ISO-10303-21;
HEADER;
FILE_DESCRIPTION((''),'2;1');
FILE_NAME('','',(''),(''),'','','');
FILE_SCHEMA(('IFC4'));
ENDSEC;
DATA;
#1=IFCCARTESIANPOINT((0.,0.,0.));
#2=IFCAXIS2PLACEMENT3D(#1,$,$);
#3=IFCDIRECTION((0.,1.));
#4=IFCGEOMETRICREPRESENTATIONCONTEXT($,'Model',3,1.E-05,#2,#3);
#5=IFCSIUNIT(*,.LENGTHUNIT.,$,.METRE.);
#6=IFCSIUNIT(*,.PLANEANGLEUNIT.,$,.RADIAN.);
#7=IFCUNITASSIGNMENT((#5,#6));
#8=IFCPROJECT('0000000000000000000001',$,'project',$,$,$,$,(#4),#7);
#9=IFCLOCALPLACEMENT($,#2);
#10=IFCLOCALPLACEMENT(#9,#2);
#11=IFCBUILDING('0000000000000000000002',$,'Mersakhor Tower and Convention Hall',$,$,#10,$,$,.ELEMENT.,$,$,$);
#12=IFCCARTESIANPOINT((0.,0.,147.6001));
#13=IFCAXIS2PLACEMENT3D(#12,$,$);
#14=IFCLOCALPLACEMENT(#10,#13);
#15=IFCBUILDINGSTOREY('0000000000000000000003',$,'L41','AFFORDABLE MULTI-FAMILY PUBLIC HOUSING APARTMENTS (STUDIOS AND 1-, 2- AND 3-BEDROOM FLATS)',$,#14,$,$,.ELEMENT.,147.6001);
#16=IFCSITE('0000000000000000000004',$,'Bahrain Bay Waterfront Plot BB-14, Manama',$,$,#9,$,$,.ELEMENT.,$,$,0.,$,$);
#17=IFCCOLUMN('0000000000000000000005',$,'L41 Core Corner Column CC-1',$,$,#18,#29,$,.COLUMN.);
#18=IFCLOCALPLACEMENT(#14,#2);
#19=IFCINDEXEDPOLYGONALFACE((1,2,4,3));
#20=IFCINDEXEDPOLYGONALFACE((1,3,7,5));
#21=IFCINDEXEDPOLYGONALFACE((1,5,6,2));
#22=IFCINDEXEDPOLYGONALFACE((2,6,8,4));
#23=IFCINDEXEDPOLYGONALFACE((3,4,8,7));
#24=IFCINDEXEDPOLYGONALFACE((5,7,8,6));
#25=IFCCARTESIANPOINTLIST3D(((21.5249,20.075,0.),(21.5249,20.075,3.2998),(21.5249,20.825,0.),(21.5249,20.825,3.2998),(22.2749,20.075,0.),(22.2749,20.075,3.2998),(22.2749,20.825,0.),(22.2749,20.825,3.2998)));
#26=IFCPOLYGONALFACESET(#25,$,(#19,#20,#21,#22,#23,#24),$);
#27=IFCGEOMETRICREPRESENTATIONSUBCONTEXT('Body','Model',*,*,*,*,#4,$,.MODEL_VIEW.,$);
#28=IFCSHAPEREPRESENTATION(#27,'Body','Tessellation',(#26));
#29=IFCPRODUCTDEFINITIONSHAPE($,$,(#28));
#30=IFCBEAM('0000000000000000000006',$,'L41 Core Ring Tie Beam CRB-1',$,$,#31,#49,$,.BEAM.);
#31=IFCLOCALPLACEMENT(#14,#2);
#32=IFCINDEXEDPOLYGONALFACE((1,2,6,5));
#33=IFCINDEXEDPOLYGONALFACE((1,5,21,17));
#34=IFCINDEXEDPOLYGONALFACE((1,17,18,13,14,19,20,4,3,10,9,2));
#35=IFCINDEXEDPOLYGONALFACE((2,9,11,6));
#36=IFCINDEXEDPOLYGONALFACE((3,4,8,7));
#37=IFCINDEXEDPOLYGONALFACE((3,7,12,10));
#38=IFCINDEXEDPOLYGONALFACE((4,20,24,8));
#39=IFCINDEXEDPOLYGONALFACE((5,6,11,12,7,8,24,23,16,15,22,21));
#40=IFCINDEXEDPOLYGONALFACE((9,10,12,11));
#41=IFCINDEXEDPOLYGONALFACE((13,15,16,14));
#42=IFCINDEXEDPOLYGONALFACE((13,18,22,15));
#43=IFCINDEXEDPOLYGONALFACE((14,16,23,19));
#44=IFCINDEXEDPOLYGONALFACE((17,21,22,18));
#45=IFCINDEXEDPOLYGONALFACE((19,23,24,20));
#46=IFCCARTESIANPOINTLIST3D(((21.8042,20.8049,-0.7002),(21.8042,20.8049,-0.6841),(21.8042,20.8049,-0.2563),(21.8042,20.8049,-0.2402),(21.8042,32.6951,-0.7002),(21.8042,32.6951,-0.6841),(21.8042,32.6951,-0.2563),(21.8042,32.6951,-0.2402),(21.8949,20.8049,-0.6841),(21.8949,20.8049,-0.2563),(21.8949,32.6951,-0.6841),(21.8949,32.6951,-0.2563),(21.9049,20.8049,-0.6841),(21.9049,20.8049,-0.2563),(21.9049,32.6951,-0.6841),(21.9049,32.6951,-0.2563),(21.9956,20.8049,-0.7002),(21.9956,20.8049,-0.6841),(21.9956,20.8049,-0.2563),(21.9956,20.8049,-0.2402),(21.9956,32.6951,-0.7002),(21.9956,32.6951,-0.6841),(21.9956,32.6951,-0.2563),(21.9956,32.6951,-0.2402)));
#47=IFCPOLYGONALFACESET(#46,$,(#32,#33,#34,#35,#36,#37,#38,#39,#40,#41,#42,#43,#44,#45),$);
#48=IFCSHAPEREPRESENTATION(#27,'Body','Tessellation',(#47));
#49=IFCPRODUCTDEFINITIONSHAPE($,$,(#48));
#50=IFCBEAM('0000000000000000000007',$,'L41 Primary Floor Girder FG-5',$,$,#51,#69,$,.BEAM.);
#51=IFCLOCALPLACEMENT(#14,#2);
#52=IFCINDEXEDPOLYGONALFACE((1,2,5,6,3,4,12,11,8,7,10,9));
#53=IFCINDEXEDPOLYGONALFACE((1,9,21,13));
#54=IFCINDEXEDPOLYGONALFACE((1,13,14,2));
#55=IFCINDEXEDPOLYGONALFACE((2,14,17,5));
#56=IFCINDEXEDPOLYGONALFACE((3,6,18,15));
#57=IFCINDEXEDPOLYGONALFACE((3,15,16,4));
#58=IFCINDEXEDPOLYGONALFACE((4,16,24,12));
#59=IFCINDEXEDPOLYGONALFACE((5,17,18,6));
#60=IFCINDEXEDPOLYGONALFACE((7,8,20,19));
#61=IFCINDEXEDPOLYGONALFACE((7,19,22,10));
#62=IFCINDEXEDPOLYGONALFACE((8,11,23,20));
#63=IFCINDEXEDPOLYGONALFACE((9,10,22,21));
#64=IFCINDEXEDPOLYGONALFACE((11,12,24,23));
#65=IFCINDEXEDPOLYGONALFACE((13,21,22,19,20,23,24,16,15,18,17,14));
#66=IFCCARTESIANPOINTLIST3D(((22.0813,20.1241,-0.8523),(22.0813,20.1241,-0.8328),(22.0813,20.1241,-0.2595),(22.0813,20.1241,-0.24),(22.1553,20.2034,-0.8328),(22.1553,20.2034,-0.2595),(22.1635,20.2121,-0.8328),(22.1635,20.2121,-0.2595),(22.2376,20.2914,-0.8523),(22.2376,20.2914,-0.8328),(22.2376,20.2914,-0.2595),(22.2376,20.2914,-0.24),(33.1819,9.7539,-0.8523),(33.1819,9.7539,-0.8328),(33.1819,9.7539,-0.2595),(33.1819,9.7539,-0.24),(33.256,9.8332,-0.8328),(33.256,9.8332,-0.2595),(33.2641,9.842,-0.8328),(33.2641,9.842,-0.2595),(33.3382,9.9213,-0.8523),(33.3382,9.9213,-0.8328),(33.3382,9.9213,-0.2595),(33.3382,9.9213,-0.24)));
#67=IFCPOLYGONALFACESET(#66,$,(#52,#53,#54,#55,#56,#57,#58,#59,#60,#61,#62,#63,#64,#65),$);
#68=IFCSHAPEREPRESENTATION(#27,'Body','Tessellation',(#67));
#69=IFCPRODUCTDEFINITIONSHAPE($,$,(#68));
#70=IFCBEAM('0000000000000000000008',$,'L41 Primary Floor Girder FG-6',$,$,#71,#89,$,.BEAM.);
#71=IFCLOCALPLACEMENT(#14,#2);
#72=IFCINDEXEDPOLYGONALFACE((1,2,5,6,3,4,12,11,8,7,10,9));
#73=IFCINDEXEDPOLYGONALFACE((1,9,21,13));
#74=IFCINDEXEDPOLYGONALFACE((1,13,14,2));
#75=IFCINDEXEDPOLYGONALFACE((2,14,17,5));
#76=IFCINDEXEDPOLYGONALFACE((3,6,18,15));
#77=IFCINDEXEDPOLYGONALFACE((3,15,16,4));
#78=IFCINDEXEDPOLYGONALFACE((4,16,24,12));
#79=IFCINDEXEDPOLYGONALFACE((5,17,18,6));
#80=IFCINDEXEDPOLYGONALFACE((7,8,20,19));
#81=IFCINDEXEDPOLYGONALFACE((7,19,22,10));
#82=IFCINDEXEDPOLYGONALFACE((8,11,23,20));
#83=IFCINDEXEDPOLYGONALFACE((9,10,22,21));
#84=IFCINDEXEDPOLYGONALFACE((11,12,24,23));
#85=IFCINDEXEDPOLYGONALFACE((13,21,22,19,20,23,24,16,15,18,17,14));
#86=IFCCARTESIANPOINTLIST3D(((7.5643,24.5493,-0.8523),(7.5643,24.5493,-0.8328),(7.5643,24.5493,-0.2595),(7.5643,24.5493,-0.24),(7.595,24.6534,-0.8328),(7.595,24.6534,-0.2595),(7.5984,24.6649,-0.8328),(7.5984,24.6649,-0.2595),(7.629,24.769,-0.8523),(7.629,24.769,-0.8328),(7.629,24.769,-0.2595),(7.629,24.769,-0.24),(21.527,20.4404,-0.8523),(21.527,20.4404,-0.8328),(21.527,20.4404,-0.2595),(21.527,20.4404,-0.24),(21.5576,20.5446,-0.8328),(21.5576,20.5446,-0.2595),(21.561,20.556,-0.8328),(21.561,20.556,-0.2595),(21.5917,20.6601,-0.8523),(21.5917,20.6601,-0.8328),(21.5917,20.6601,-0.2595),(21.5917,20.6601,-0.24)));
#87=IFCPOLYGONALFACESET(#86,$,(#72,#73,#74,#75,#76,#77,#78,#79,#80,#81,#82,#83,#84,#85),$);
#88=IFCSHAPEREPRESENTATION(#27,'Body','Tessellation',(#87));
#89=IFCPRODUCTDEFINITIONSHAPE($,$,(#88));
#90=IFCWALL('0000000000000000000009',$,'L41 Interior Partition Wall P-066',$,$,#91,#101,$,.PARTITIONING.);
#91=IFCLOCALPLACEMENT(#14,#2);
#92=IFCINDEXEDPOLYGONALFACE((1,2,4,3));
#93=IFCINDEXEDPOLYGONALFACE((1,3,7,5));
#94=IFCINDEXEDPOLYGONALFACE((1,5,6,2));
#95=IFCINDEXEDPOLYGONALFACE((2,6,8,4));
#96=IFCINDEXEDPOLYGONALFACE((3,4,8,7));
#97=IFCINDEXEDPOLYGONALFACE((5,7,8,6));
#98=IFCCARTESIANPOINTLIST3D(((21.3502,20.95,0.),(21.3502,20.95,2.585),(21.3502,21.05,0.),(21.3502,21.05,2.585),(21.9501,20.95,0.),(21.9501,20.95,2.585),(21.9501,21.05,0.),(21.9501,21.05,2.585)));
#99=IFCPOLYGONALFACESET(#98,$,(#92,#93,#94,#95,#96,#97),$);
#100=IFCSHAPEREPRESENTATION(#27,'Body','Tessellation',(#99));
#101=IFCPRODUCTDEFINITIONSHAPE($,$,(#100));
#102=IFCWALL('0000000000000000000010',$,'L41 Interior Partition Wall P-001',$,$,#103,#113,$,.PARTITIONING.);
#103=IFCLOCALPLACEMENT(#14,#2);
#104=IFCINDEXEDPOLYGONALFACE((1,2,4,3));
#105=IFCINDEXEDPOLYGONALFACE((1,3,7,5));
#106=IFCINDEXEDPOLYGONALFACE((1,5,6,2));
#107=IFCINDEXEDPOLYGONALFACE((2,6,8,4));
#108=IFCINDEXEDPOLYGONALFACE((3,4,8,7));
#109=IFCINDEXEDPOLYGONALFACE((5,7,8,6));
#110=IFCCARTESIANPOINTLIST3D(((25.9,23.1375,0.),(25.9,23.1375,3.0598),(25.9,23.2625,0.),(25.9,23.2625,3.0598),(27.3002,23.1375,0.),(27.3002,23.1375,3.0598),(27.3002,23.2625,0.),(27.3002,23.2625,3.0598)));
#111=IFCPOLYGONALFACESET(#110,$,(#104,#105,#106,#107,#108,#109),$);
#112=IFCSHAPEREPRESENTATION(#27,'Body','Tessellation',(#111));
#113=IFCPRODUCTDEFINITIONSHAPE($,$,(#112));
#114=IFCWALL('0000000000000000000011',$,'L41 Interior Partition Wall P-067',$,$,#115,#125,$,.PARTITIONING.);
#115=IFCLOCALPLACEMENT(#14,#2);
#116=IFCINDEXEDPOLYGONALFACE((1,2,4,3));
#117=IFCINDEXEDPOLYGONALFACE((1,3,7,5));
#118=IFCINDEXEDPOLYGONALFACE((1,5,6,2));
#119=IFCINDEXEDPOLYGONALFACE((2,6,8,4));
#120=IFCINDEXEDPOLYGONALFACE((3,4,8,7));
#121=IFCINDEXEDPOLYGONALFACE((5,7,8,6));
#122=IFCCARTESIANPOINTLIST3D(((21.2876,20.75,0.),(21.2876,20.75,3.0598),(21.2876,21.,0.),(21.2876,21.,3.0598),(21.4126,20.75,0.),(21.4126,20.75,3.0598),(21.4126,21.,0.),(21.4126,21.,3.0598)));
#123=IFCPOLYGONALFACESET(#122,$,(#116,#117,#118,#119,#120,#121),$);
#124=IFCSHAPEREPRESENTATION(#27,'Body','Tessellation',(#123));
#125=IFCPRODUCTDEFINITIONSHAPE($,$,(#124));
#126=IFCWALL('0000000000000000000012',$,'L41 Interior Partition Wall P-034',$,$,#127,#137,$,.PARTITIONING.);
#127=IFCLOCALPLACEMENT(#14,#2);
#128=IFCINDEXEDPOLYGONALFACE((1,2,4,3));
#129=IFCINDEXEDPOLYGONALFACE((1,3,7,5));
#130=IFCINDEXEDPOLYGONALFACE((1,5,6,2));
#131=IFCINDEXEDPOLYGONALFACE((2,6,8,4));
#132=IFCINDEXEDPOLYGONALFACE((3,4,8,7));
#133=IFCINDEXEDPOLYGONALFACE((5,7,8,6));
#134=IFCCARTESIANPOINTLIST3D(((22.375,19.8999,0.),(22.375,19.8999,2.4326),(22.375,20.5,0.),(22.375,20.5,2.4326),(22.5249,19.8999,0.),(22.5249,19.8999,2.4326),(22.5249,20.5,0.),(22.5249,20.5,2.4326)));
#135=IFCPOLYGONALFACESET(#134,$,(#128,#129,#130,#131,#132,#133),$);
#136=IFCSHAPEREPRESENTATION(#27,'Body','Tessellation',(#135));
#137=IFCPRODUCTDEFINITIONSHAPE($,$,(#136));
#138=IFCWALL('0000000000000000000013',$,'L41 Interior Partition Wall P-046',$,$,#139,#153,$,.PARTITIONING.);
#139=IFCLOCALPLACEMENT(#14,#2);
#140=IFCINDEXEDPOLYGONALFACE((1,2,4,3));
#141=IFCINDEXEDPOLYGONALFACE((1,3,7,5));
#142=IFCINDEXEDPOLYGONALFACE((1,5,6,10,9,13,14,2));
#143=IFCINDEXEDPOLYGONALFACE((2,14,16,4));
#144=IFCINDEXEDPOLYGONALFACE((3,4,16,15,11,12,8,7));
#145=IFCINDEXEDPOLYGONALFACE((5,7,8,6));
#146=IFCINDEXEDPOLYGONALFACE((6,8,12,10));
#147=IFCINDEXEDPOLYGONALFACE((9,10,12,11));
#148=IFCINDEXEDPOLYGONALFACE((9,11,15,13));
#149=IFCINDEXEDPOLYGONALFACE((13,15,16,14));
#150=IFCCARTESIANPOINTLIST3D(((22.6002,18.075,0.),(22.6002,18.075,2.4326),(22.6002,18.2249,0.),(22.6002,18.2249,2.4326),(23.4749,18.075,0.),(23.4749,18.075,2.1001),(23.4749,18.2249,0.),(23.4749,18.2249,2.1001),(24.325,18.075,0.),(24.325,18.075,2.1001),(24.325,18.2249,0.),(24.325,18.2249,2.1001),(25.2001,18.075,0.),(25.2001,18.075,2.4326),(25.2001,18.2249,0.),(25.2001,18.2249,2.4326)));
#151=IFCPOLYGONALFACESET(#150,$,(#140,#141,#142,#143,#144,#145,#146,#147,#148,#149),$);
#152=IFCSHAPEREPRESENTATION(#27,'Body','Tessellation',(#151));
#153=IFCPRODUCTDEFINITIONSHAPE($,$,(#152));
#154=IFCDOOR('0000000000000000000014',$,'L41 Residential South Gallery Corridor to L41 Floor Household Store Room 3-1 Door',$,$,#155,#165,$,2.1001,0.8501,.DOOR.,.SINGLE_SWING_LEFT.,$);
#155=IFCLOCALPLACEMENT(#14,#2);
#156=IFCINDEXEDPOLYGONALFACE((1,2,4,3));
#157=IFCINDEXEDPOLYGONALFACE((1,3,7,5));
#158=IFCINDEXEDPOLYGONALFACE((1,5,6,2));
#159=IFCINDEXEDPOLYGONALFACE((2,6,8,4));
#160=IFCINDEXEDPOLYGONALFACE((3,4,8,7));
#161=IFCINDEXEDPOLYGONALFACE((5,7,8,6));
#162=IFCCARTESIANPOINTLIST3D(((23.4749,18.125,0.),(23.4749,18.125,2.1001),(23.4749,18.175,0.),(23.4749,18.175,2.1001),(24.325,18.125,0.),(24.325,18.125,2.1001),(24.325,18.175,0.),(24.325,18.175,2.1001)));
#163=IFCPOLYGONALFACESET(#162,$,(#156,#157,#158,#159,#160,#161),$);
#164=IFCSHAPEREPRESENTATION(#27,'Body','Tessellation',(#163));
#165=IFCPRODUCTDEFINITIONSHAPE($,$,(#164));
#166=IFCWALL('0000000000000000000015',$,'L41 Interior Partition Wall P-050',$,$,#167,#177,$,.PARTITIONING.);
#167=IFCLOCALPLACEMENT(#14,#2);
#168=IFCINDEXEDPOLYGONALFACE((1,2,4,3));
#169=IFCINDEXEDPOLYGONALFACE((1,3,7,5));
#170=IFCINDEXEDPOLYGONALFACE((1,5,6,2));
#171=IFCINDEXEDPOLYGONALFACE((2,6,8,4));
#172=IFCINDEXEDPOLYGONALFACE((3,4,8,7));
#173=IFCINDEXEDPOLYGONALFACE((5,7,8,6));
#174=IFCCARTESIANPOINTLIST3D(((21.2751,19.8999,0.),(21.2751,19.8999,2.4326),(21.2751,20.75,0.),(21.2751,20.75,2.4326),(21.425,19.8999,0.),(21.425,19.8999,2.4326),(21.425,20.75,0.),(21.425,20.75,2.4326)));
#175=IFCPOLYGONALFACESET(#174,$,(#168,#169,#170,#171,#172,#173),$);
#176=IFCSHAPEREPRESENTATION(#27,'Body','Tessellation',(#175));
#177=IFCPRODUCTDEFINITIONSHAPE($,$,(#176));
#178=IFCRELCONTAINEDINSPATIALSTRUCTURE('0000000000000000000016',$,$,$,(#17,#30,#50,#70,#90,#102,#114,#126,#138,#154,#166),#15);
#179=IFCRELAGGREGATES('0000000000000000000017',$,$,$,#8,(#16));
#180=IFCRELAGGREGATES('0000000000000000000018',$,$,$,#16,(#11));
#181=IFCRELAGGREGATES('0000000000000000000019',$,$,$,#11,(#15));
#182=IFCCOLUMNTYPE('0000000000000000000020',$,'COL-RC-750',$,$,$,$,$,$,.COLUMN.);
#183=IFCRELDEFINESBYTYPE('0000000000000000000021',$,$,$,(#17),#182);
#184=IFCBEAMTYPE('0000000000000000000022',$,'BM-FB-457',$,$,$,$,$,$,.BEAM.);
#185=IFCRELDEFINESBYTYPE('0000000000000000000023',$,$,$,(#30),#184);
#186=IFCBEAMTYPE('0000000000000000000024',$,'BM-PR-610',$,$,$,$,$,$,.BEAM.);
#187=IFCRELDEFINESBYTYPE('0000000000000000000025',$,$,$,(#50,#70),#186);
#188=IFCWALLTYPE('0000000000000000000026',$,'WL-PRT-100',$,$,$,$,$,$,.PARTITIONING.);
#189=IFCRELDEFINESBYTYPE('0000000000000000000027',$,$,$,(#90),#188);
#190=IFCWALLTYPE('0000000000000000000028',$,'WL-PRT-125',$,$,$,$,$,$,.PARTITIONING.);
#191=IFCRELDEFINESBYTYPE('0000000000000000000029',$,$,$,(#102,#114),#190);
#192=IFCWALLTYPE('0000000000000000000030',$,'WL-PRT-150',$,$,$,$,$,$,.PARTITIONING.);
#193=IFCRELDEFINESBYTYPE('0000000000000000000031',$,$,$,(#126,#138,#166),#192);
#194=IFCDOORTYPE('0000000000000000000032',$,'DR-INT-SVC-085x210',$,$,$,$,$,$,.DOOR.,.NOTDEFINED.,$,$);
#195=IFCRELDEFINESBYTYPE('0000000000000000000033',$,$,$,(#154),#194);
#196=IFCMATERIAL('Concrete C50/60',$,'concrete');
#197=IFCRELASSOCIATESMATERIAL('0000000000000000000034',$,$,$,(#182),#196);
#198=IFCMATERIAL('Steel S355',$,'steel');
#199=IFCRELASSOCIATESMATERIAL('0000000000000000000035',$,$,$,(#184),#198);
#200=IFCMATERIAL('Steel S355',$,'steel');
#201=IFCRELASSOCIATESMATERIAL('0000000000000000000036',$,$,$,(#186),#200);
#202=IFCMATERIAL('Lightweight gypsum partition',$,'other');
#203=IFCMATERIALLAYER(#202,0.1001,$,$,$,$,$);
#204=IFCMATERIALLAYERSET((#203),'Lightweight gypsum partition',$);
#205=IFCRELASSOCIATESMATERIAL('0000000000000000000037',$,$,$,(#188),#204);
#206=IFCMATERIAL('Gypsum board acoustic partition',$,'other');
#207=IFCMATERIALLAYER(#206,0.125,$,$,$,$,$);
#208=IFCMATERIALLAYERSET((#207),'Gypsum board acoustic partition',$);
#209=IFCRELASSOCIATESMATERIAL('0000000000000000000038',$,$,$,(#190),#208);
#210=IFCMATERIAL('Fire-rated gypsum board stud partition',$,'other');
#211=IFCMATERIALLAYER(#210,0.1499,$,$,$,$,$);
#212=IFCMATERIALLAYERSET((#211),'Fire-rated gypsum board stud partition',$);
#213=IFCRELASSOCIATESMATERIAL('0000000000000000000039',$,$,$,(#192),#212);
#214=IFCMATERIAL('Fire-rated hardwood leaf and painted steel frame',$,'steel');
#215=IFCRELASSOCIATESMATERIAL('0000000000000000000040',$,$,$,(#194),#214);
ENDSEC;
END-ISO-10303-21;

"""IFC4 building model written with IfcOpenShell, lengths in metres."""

from ifc_helpers import new_model, si_unit, direction, frame, frame_2d, origin, origin_2d, place, context, subcontext, project, spatial, rectangle, i_section, extrude, material, layer, layer_set, material_profile, profile_set, type_object, element, fill, save


model = new_model("IFC4")

# Units and contexts
model_context = context("Model", 3, precision=1e-05, world=origin(), true_north=direction((0.0, 1.0)))
body_context = subcontext(model_context, "Body", "Model", "MODEL_VIEW")
ifc_project = project(units=[si_unit("LENGTHUNIT", "METRE"), si_unit("PLANEANGLEUNIT", "RADIAN")], contexts=[model_context])

# Site, building, storey
site_placement = place(None, origin())
site = spatial("IfcSite", under=ifc_project, at=site_placement, Name="Bahrain Bay Waterfront Plot BB-14, Manama", CompositionType="ELEMENT", RefElevation=0.0)
building_placement = place(site_placement, origin())
building = spatial("IfcBuilding", under=site, at=building_placement, Name="Mersakhor Tower and Convention Hall", CompositionType="ELEMENT")
storey_placement = place(building_placement, frame((0.0, 0.0, 147.6001)))
storey = spatial("IfcBuildingStorey", under=building, at=storey_placement, Name="L41", Description="AFFORDABLE MULTI-FAMILY PUBLIC HOUSING APARTMENTS (STUDIOS AND 1-, 2- AND 3-BEDROOM FLATS)", CompositionType="ELEMENT", Elevation=147.6001)

# Column
ifc_material_1 = material(Name="Concrete C50/60", Category="concrete")
ifc_material_profile_1 = material_profile(ifc_material_1, rectangle(XDim=0.75, YDim=0.75, at=origin_2d()), Name="RC 750x750")
ifc_profile_set_1 = profile_set([ifc_material_profile_1], Name="Concrete C50/60")
column_type = type_object("IfcColumnType", Name="COL-RC-750", PredefinedType="COLUMN", material=ifc_profile_set_1)
column_placement = place(storey_placement, frame((21.8999, 20.45, 0.0), z_axis=(0.0, 0.0, 1.0), x_axis=(1.0, 0.0, 0.0)))
element("IfcColumn", 1, at=column_placement, inside=storey, type_object=column_type, Name="L41 Core Corner Column CC-1", PredefinedType="COLUMN", context=body_context, shape_type="SweptSolid", body=[
    extrude(rectangle(XDim=0.75, YDim=0.75, at=origin_2d()), origin(), (0.0, 0.0, 1.0), 3.2998),
])

# Beams
ifc_material_2 = material(Name="Steel S355", Category="steel")
ifc_material_profile_2 = material_profile(ifc_material_2, i_section(OverallWidth=0.1914, OverallDepth=0.46, WebThickness=0.01, FlangeThickness=0.0161, at=origin_2d()), Name="UB 457x191x82")
ifc_profile_set_2 = profile_set([ifc_material_profile_2], Name="Steel S355")
beam_type_1 = type_object("IfcBeamType", Name="BM-FB-457", PredefinedType="BEAM", material=ifc_profile_set_2)
beam_1_placement = place(storey_placement, frame((21.8999, 20.8049, -0.4702), z_axis=(0.0, 1.0, 0.0), x_axis=(-1.0, 0.0, 0.0)))
element("IfcBeam", 2, at=beam_1_placement, inside=storey, type_object=beam_type_1, Name="L41 Core Ring Tie Beam CRB-1", PredefinedType="BEAM", context=body_context, shape_type="SweptSolid", body=[
    extrude(i_section(OverallWidth=0.1914, OverallDepth=0.46, WebThickness=0.01, FlangeThickness=0.0161, at=origin_2d()), origin(), (0.0, 0.0, 1.0), 11.8901),
])
ifc_material_3 = material(Name="Steel S355", Category="steel")
ifc_material_profile_3 = material_profile(ifc_material_3, i_section(OverallWidth=0.229, OverallDepth=0.6123, WebThickness=0.012, FlangeThickness=0.0195, at=origin_2d()), Name="UB 610x229x125")
ifc_profile_set_3 = profile_set([ifc_material_profile_3], Name="Steel S355")
beam_type_2 = type_object("IfcBeamType", Name="BM-PR-610", PredefinedType="BEAM", material=ifc_profile_set_3)
beam_2_placement = place(storey_placement, frame((22.1594, 20.2078, -0.5461), z_axis=(0.730741, -0.682655, 0.0), x_axis=(0.682655, 0.730741, 0.0)))
element("IfcBeam", 3, at=beam_2_placement, inside=storey, type_object=beam_type_2, Name="L41 Primary Floor Girder FG-5", PredefinedType="BEAM", context=body_context, shape_type="SweptSolid", body=[
    extrude(i_section(OverallWidth=0.229, OverallDepth=0.6123, WebThickness=0.012, FlangeThickness=0.0195, at=origin_2d()), origin(), (0.0, 0.0, 1.0), 15.1909),
])
beam_3_placement = place(storey_placement, frame((21.5593, 20.5503, -0.5461), z_axis=(-0.959324, 0.282307, 0.0), x_axis=(-0.282307, -0.959324, 0.0)))
element("IfcBeam", 4, at=beam_3_placement, inside=storey, type_object=beam_type_2, Name="L41 Primary Floor Girder FG-6", PredefinedType="BEAM", context=body_context, shape_type="SweptSolid", body=[
    extrude(i_section(OverallWidth=0.229, OverallDepth=0.6123, WebThickness=0.012, FlangeThickness=0.0195, at=origin_2d()), origin(), (0.0, 0.0, 1.0), 14.5547),
])

# Walls
ifc_material_4 = material(Name="Lightweight gypsum partition", Category="other")
ifc_layer_1 = layer(ifc_material_4, 0.1001)
ifc_layer_set_1 = layer_set([ifc_layer_1], Name="Lightweight gypsum partition")
wall_type_1 = type_object("IfcWallType", Name="WL-PRT-100", PredefinedType="PARTITIONING", material=ifc_layer_set_1)
wall_1_placement = place(storey_placement, frame((21.95, 21.0, 0.0), z_axis=(0.0, 0.0, 1.0), x_axis=(-1.0, 0.0, 0.0)))
element("IfcWall", 5, at=wall_1_placement, inside=storey, type_object=wall_type_1, Name="L41 Interior Partition Wall P-066", PredefinedType="PARTITIONING", context=body_context, shape_type="SweptSolid", body=[
    extrude(rectangle(XDim=0.5999, YDim=0.1001, at=frame_2d((0.2998, 0.0))), origin(), (0.0, 0.0, 1.0), 2.585),
])
ifc_material_5 = material(Name="Gypsum board acoustic partition", Category="other")
ifc_layer_2 = layer(ifc_material_5, 0.125)
ifc_layer_set_2 = layer_set([ifc_layer_2], Name="Gypsum board acoustic partition")
wall_type_2 = type_object("IfcWallType", Name="WL-PRT-125", PredefinedType="PARTITIONING", material=ifc_layer_set_2)
wall_2_placement = place(storey_placement, frame((25.8999, 23.2, 0.0), z_axis=(0.0, 0.0, 1.0), x_axis=(1.0, 0.0, 0.0)))
element("IfcWall", 6, at=wall_2_placement, inside=storey, type_object=wall_type_2, Name="L41 Interior Partition Wall P-001", PredefinedType="PARTITIONING", context=body_context, shape_type="SweptSolid", body=[
    extrude(rectangle(XDim=1.4001, YDim=0.125, at=frame_2d((0.7002, 0.0))), origin(), (0.0, 0.0, 1.0), 3.0598),
])
wall_3_placement = place(storey_placement, frame((21.3501, 21.0, 0.0), z_axis=(0.0, 0.0, 1.0), x_axis=(0.0, -1.0, 0.0)))
element("IfcWall", 7, at=wall_3_placement, inside=storey, type_object=wall_type_2, Name="L41 Interior Partition Wall P-067", PredefinedType="PARTITIONING", context=body_context, shape_type="SweptSolid", body=[
    extrude(rectangle(XDim=0.25, YDim=0.125, at=frame_2d((0.125, 0.0))), origin(), (0.0, 0.0, 1.0), 3.0598),
])
ifc_material_6 = material(Name="Fire-rated gypsum board stud partition", Category="other")
ifc_layer_3 = layer(ifc_material_6, 0.1499)
ifc_layer_set_3 = layer_set([ifc_layer_3], Name="Fire-rated gypsum board stud partition")
wall_type_3 = type_object("IfcWallType", Name="WL-PRT-150", PredefinedType="PARTITIONING", material=ifc_layer_set_3)
wall_4_placement = place(storey_placement, frame((22.45, 19.8999, 0.0), z_axis=(0.0, 0.0, 1.0), x_axis=(0.0, 1.0, 0.0)))
element("IfcWall", 8, at=wall_4_placement, inside=storey, type_object=wall_type_3, Name="L41 Interior Partition Wall P-034", PredefinedType="PARTITIONING", context=body_context, shape_type="SweptSolid", body=[
    extrude(rectangle(XDim=0.6001, YDim=0.1499, at=frame_2d((0.3, 0.0))), origin(), (0.0, 0.0, 1.0), 2.4326),
])

# Wall, opening, door
wall_5_placement = place(storey_placement, frame((25.2, 18.1499, 0.0), z_axis=(0.0, 0.0, 1.0), x_axis=(-1.0, 0.0, 0.0)))
wall_5 = element("IfcWall", 9, at=wall_5_placement, inside=storey, type_object=wall_type_3, Name="L41 Interior Partition Wall P-046", PredefinedType="PARTITIONING", context=body_context, shape_type="SweptSolid", body=[
    extrude(rectangle(XDim=2.5999, YDim=0.1499, at=frame_2d((1.2998, 0.0))), origin(), (0.0, 0.0, 1.0), 2.4326),
])
opening_1_placement = place(wall_5_placement, frame((0.875, 0.0, 0.0)))
opening_1 = element("IfcOpeningElement", 10, at=opening_1_placement, cuts=wall_5, PredefinedType="OPENING", context=body_context, shape_type="SweptSolid", body=[
    extrude(rectangle(XDim=0.8501, YDim=2.1001, at=frame_2d((0.425, 1.05))), frame((0.0, 0.085, 0.0), z_axis=(0.0, -1.0, 0.0), x_axis=(1.0, 0.0, 0.0)), (0.0, 0.0, 1.0), 0.1699),
])
ifc_material_7 = material(Name="Fire-rated hardwood leaf and painted steel frame", Category="steel")
door_type_1 = type_object("IfcDoorType", Name="DR-INT-SVC-085x210", OperationType="NOTDEFINED", PredefinedType="DOOR", material=ifc_material_7)
door_1_placement = place(opening_1_placement, origin())
door_1 = element("IfcDoor", 11, at=door_1_placement, inside=storey, type_object=door_type_1, Name="L41 Residential South Gallery Corridor to L41 Floor Household Store Room 3-1 Door", OperationType="SINGLE_SWING_LEFT", OverallHeight=2.1001, OverallWidth=0.8501, PredefinedType="DOOR", context=body_context, shape_type="SweptSolid", body=[
    extrude(rectangle(XDim=0.8501, YDim=2.1001, at=frame_2d((0.425, 1.05))), frame((0.0, 0.0249, 0.0), z_axis=(0.0, -1.0, 0.0), x_axis=(1.0, 0.0, 0.0)), (0.0, 0.0, 1.0), 0.05),
])
fill(opening_1, door_1)

# Wall
wall_6_placement = place(storey_placement, frame((21.3501, 20.75, 0.0), z_axis=(0.0, 0.0, 1.0), x_axis=(0.0, -1.0, 0.0)))
element("IfcWall", 12, at=wall_6_placement, inside=storey, type_object=wall_type_3, Name="L41 Interior Partition Wall P-050", PredefinedType="PARTITIONING", context=body_context, shape_type="SweptSolid", body=[
    extrude(rectangle(XDim=0.8501, YDim=0.1499, at=frame_2d((0.425, 0.0))), origin(), (0.0, 0.0, 1.0), 2.4326),
])

save(model, "model.ifc")
